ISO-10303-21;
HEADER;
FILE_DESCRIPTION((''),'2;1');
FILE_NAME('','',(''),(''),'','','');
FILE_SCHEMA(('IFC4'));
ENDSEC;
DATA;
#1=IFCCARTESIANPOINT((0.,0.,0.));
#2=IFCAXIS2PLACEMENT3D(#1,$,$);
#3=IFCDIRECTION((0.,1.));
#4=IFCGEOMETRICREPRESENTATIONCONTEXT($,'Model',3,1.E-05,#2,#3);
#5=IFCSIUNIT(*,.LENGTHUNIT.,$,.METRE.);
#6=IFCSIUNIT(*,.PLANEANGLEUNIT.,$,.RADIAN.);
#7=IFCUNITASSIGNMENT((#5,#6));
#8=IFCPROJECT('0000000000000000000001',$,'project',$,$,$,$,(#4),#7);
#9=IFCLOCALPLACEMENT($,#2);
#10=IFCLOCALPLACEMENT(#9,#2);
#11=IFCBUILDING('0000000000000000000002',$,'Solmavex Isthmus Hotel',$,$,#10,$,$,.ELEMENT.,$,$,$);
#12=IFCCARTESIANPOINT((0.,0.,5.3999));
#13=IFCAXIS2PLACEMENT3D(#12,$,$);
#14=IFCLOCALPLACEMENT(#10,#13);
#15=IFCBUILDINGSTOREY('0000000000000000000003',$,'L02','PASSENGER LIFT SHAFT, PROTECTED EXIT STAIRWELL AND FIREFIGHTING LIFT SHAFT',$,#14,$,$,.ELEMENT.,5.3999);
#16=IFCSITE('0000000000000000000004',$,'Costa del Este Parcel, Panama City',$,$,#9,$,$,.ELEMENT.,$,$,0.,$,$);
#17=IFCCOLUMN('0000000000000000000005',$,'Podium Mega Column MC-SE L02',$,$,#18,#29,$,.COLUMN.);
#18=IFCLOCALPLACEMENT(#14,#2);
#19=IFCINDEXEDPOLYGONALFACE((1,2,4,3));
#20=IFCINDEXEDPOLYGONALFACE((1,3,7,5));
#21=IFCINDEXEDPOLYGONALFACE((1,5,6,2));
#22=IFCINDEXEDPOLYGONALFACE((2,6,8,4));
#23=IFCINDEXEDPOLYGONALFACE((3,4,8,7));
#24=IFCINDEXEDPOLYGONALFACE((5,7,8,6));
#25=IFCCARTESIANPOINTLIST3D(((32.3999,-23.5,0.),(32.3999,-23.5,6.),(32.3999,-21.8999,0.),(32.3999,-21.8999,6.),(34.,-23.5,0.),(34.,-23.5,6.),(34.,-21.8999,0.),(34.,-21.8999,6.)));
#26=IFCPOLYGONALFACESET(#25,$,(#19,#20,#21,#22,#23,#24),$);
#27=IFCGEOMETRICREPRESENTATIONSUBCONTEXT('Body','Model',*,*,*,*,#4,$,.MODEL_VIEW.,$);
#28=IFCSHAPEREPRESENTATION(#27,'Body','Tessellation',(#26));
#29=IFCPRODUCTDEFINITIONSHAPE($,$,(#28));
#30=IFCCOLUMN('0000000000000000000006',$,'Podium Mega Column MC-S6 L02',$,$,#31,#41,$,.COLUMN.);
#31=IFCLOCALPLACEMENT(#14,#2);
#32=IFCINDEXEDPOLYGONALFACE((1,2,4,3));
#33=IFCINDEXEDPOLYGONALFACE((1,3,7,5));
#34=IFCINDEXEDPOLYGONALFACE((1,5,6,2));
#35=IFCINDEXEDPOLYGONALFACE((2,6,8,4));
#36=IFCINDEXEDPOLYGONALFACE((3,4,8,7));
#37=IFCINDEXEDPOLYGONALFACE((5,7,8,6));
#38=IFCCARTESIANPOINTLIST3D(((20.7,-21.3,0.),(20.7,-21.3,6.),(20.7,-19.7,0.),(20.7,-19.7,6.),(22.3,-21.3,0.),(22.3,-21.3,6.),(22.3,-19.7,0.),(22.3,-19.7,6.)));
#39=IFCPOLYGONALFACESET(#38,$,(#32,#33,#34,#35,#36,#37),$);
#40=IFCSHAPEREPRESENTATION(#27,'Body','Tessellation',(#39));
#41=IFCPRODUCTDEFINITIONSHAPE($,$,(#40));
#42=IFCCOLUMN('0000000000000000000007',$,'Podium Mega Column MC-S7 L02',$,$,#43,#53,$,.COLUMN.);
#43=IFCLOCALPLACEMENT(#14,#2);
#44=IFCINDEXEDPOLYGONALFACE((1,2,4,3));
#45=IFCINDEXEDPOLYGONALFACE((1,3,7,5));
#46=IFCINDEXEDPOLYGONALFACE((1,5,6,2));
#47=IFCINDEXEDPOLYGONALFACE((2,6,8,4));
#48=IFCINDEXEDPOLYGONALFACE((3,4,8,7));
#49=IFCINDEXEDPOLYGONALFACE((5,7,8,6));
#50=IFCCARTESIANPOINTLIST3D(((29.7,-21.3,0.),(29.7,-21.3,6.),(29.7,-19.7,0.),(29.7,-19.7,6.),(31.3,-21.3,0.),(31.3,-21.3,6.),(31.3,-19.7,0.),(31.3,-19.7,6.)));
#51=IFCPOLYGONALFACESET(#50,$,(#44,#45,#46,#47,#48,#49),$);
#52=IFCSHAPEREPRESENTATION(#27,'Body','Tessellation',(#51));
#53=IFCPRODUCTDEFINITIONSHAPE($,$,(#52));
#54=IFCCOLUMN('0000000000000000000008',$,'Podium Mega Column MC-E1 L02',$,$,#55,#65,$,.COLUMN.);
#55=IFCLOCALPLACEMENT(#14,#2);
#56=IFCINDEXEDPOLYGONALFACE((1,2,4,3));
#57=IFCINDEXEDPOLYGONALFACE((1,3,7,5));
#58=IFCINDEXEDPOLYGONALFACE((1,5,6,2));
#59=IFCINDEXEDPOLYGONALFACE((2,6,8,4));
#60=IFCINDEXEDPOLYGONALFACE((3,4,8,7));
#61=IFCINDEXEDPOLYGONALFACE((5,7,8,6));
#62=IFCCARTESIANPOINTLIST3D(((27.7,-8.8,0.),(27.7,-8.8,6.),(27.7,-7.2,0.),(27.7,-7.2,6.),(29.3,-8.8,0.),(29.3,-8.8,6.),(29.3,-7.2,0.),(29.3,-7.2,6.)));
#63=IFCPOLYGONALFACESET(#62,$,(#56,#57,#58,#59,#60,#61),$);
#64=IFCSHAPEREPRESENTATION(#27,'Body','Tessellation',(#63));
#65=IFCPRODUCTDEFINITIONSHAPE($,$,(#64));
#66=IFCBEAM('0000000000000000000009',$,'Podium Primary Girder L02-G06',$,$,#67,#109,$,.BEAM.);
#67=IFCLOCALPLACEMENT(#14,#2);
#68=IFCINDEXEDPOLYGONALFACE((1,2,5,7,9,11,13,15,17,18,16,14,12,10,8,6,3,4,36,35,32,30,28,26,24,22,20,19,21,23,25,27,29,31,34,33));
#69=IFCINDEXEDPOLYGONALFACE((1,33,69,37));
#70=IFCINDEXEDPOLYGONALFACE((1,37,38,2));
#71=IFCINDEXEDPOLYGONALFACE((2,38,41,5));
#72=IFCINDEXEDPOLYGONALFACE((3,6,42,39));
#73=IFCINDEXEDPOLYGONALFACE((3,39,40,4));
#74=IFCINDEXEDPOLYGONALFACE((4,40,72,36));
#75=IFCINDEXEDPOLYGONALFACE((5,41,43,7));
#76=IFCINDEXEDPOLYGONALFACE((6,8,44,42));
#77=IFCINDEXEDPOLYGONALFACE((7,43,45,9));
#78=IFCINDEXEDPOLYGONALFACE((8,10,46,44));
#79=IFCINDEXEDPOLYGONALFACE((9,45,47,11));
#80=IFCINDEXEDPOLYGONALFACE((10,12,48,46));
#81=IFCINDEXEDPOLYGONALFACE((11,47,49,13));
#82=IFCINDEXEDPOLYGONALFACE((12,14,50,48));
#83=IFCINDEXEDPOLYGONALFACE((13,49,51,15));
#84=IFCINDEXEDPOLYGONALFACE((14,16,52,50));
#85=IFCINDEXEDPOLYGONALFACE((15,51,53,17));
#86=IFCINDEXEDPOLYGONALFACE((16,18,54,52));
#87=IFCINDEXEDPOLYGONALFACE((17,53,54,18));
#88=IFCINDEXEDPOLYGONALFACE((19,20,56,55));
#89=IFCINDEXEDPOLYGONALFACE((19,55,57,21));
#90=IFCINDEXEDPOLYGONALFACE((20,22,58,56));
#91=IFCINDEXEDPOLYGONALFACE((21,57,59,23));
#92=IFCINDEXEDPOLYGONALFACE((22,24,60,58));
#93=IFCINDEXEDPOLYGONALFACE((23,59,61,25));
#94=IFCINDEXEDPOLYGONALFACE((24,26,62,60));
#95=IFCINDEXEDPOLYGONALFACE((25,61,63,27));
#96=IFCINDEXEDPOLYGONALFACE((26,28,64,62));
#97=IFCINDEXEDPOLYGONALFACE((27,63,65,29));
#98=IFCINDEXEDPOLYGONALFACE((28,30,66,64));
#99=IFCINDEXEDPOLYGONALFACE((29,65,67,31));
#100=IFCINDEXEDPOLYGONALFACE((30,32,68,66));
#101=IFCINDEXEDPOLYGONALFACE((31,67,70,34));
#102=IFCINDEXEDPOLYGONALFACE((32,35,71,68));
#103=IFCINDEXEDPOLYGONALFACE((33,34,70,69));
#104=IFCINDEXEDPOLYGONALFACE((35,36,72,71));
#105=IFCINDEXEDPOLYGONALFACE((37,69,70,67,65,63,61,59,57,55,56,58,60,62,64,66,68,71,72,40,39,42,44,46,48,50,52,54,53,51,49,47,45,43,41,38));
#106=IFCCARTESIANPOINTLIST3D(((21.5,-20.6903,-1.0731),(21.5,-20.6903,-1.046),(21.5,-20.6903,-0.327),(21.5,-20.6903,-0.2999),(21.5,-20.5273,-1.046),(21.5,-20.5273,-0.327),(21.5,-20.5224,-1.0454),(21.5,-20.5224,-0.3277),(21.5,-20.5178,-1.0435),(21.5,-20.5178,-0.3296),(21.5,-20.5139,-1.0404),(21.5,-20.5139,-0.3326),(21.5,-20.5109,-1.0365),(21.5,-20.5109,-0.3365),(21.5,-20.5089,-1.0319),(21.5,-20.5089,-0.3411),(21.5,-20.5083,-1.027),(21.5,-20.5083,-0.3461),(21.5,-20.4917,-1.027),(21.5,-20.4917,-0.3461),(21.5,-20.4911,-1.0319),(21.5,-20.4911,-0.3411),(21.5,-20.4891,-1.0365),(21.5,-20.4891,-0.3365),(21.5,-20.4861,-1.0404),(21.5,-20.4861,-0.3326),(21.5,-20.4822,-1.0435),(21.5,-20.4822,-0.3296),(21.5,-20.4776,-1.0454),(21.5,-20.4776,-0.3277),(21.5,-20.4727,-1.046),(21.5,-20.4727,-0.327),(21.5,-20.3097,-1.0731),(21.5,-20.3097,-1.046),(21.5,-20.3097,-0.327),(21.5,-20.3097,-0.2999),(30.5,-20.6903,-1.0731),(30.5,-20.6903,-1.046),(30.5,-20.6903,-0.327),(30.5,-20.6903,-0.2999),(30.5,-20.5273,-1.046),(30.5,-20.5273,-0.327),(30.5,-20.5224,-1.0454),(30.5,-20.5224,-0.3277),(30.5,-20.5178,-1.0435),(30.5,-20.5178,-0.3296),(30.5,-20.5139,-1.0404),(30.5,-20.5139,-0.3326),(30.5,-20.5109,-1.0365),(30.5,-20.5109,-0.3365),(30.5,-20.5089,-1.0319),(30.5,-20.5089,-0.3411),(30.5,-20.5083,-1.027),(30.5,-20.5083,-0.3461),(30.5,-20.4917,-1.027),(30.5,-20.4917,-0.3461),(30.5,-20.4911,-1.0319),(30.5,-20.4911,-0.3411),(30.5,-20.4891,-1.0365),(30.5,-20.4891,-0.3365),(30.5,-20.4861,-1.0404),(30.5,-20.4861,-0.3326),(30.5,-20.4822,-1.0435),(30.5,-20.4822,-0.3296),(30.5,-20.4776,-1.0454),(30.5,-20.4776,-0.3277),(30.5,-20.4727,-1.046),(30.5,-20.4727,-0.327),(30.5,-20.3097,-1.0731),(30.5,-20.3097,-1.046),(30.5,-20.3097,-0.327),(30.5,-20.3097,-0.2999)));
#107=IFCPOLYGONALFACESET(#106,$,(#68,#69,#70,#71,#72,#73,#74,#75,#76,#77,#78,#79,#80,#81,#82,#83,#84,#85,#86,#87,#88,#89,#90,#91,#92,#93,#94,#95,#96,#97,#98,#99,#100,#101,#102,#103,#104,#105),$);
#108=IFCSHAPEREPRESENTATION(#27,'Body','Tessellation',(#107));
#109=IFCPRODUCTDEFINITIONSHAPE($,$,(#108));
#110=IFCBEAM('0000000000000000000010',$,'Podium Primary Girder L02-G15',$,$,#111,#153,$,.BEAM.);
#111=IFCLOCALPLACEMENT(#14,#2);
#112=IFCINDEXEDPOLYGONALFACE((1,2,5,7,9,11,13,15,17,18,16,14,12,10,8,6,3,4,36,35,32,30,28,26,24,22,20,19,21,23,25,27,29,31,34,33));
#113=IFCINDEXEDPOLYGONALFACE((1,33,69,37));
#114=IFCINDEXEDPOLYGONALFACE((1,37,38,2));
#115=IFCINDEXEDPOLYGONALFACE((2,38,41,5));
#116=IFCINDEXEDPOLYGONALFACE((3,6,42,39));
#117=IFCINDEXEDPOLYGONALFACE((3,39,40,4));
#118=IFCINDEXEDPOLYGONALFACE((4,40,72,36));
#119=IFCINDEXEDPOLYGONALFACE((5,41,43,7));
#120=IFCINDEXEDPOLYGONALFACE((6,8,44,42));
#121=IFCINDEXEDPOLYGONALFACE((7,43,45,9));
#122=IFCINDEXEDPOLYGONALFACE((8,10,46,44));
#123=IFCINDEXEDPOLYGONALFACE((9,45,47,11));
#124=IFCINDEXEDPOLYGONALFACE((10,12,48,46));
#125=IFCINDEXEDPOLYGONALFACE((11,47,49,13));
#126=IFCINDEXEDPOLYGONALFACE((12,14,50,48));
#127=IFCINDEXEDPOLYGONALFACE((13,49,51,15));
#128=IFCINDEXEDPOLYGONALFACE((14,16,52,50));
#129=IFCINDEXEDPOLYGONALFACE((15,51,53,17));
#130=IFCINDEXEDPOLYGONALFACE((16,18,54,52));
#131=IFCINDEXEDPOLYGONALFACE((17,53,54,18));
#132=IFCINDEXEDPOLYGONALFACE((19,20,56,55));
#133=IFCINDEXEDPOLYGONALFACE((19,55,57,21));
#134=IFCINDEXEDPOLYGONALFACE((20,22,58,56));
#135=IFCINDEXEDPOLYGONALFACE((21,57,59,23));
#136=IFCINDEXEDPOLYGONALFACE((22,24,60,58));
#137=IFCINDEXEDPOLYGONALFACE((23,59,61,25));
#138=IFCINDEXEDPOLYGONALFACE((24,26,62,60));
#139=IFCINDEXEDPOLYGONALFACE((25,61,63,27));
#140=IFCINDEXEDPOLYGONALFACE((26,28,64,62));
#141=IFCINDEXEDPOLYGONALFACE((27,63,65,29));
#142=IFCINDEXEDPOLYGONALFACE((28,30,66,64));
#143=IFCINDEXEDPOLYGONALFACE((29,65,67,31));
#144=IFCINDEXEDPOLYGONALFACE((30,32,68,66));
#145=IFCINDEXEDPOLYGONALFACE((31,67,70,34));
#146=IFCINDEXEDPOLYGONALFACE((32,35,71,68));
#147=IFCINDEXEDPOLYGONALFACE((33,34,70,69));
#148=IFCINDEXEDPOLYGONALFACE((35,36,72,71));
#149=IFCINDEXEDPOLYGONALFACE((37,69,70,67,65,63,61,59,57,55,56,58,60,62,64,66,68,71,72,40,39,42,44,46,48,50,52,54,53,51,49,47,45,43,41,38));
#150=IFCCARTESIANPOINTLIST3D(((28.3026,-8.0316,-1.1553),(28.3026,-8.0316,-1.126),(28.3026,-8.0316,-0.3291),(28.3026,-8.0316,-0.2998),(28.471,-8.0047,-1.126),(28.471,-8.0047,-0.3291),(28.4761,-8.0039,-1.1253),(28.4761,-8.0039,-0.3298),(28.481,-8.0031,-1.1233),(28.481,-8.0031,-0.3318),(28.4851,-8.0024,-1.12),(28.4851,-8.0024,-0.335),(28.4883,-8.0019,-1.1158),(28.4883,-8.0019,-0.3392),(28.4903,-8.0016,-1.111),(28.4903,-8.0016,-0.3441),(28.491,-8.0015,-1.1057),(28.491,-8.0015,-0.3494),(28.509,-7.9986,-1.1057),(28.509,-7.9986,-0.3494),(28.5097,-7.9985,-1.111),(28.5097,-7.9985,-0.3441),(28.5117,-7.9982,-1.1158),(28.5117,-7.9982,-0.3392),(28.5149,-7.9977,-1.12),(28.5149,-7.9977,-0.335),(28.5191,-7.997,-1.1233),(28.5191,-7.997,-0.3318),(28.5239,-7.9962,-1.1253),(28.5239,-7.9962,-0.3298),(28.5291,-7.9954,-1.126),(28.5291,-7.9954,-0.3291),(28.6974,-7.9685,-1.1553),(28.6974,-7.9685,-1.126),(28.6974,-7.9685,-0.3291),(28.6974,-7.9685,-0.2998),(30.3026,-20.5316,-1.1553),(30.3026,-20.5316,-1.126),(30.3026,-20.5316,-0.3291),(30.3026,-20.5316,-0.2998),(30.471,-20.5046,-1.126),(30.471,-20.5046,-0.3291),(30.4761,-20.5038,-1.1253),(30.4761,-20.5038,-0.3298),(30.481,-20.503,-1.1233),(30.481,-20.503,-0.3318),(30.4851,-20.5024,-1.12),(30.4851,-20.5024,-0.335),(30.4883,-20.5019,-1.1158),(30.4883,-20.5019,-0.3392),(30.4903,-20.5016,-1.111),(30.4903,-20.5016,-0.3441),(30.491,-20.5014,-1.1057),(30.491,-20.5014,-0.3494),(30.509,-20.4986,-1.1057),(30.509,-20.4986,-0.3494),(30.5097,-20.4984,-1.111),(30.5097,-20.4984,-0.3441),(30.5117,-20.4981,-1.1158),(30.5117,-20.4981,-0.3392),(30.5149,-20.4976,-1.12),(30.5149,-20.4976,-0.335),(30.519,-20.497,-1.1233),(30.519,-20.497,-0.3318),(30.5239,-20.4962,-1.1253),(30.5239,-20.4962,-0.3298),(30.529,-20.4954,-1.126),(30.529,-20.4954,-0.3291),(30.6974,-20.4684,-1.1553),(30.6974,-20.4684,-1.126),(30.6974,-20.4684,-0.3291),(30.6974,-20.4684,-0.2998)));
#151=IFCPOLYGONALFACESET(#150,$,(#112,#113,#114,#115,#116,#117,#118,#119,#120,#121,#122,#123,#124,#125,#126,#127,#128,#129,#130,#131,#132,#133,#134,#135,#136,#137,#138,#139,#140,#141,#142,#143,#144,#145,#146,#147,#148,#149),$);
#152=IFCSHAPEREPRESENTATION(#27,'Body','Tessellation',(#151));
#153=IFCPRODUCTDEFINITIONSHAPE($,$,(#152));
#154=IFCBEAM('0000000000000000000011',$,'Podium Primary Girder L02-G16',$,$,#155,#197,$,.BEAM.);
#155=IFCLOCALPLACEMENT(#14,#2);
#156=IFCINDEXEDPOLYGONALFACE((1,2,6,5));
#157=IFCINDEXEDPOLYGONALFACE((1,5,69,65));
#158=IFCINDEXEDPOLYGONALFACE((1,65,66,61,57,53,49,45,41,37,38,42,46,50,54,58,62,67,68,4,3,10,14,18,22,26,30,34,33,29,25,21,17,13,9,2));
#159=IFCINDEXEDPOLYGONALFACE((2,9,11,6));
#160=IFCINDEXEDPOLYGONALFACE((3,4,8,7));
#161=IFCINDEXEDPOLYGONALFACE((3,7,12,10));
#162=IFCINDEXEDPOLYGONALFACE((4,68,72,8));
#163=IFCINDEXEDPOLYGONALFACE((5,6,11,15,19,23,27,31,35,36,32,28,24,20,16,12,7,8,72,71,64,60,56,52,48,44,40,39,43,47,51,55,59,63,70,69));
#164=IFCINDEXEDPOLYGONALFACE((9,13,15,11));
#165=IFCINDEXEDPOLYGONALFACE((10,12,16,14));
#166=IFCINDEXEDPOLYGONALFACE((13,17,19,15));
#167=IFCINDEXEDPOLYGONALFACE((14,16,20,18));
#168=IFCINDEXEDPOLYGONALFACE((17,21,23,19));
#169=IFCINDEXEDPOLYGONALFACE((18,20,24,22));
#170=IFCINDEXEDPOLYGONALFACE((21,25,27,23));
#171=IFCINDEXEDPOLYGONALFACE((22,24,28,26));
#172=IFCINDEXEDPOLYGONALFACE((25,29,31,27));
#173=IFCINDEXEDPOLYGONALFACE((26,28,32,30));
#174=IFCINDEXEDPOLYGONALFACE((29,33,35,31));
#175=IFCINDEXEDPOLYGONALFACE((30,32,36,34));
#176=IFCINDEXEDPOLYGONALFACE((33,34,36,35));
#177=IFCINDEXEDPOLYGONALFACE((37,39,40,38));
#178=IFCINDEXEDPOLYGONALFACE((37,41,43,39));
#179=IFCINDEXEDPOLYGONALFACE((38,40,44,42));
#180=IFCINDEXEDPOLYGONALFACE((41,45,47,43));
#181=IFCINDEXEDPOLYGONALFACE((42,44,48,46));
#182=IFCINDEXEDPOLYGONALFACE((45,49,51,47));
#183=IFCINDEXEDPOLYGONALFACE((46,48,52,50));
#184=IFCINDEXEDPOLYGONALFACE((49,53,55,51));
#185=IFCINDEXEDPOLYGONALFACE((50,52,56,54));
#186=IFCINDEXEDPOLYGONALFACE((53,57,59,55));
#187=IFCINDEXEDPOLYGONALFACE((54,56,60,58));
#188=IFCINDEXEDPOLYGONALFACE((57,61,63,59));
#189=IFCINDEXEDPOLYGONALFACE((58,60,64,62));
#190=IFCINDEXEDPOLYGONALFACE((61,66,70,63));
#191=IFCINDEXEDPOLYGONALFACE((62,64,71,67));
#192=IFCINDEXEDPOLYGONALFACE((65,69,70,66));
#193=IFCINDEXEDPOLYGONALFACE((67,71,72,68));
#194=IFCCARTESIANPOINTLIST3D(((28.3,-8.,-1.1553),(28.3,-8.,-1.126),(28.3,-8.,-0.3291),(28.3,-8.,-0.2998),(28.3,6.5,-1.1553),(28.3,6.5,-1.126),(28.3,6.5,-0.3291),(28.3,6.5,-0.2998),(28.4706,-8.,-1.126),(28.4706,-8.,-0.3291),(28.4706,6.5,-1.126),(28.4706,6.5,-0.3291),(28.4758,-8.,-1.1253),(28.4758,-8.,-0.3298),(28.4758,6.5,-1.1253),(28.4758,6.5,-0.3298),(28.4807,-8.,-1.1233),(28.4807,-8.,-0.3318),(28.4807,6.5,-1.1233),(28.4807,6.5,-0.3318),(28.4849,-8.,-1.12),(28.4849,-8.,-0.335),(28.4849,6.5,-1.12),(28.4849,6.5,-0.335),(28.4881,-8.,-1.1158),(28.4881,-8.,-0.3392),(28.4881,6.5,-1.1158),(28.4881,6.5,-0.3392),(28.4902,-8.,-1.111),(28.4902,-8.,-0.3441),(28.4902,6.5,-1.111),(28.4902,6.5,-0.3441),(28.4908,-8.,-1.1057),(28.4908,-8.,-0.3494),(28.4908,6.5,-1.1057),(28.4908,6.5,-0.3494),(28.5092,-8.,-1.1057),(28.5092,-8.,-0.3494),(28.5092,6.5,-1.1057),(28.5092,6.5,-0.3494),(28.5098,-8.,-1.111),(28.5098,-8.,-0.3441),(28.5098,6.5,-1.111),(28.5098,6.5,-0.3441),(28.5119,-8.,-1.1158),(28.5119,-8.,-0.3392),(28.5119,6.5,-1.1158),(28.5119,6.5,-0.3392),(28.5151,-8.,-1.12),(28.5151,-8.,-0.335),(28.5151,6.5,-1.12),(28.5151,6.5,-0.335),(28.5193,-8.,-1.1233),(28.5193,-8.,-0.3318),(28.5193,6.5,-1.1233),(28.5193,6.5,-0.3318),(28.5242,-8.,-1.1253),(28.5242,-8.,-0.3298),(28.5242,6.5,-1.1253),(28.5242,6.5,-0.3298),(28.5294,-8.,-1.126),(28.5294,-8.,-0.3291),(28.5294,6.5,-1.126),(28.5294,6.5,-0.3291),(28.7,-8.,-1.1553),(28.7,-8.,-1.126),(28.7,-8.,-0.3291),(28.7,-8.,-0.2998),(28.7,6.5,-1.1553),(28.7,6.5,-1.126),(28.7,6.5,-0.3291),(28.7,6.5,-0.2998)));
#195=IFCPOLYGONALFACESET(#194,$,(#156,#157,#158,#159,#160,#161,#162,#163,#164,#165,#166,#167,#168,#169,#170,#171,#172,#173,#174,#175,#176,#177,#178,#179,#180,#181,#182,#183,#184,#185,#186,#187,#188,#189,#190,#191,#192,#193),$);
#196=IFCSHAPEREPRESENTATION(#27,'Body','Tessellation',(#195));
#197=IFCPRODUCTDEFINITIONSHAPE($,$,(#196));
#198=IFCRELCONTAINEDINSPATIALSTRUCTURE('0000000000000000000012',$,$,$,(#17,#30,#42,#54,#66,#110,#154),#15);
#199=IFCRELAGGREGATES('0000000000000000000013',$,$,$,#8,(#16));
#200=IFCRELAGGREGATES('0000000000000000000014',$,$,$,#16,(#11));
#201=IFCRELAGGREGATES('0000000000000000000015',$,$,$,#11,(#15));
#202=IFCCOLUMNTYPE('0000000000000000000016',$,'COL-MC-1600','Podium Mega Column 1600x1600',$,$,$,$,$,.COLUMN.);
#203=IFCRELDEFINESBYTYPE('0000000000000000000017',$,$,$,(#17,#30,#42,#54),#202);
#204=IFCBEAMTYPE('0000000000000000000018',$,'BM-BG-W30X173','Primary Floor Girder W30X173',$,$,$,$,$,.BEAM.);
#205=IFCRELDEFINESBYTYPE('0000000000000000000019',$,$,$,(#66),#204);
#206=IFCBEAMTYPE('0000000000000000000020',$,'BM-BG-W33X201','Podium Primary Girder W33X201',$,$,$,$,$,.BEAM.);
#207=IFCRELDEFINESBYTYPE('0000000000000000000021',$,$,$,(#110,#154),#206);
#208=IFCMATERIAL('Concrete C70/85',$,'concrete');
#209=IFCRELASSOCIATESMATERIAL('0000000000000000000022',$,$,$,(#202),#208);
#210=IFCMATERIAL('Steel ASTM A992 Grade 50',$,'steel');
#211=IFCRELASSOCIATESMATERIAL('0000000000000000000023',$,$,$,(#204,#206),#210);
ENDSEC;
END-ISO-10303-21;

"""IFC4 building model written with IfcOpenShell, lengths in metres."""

from ifc_helpers import new_model, si_unit, direction, frame, origin, origin_2d, place, context, subcontext, project, spatial, rectangle, i_section, extrude, material, material_profile, profile_set, type_object, element, save


model = new_model("IFC4")

# Units and contexts
model_context = context("Model", 3, precision=1e-05, world=origin(), true_north=direction((0.0, 1.0)))
body_context = subcontext(model_context, "Body", "Model", "MODEL_VIEW")
ifc_project = project(units=[si_unit("LENGTHUNIT", "METRE"), si_unit("PLANEANGLEUNIT", "RADIAN")], contexts=[model_context])

# Site, building, storey
site_placement = place(None, origin())
site = spatial("IfcSite", under=ifc_project, at=site_placement, Name="Costa del Este Parcel, Panama City", CompositionType="ELEMENT", RefElevation=0.0)
building_placement = place(site_placement, origin())
building = spatial("IfcBuilding", under=site, at=building_placement, Name="Solmavex Isthmus Hotel", CompositionType="ELEMENT")
storey_placement = place(building_placement, frame((0.0, 0.0, 5.3999)))
storey = spatial("IfcBuildingStorey", under=building, at=storey_placement, Name="L02", Description="PASSENGER LIFT SHAFT, PROTECTED EXIT STAIRWELL AND FIREFIGHTING LIFT SHAFT", CompositionType="ELEMENT", Elevation=5.3999)

# Columns
ifc_material_1 = material(Name="Concrete C70/85", Category="concrete")
ifc_material_profile_1 = material_profile(ifc_material_1, rectangle(XDim=1.6001, YDim=1.6001, at=origin_2d()), Name="RC1600X1600")
ifc_profile_set_1 = profile_set([ifc_material_profile_1], Name="Concrete C70/85")
column_type = type_object("IfcColumnType", Name="COL-MC-1600", Description="Podium Mega Column 1600x1600", PredefinedType="COLUMN", material=ifc_profile_set_1)
for number, where, z_axis, x_axis, name in (
    (1, (33.2, -22.7, 0.0), (0.0, 0.0, 1.0), (1.0, 0.0, 0.0), "Podium Mega Column MC-SE L02"),
    (2, (21.5, -20.5, 0.0), (0.0, 0.0, 1.0), (1.0, 0.0, 0.0), "Podium Mega Column MC-S6 L02"),
    (3, (30.5, -20.5, 0.0), (0.0, 0.0, 1.0), (1.0, 0.0, 0.0), "Podium Mega Column MC-S7 L02"),
    (4, (28.5, -8.0, 0.0), (0.0, 0.0, 1.0), (1.0, 0.0, 0.0), "Podium Mega Column MC-E1 L02"),
):
    element("IfcColumn", number, at=place(storey_placement, frame(where, z_axis=z_axis, x_axis=x_axis)), inside=storey, type_object=column_type, Name=name, PredefinedType="COLUMN", context=body_context, shape_type="SweptSolid", body=[
        extrude(rectangle(XDim=1.6001, YDim=1.6001, at=origin_2d()), origin(), (0.0, 0.0, 1.0), 6.0),
    ])

# Beams
ifc_material_2 = material(Name="Steel ASTM A992 Grade 50", Category="steel")
ifc_material_profile_2 = material_profile(ifc_material_2, i_section(OverallWidth=0.3806, OverallDepth=0.7732, WebThickness=0.0166, FlangeThickness=0.0271, FilletRadius=0.019, at=origin_2d()), Name="W30X173")
ifc_profile_set_2 = profile_set([ifc_material_profile_2], Name="Steel ASTM A992 Grade 50")
beam_type_1 = type_object("IfcBeamType", Name="BM-BG-W30X173", Description="Primary Floor Girder W30X173", PredefinedType="BEAM", material=ifc_profile_set_2)
beam_1_placement = place(storey_placement, frame((21.5, -20.5, -0.6865), z_axis=(1.0, 0.0, 0.0), x_axis=(0.0, 1.0, 0.0)))
element("IfcBeam", 5, at=beam_1_placement, inside=storey, type_object=beam_type_1, Name="Podium Primary Girder L02-G06", PredefinedType="BEAM", context=body_context, shape_type="SweptSolid", body=[
    extrude(i_section(OverallWidth=0.3806, OverallDepth=0.7732, WebThickness=0.0166, FlangeThickness=0.0271, FilletRadius=0.019, at=origin_2d()), origin(), (0.0, 0.0, 1.0), 9.0),
])
ifc_material_profile_3 = material_profile(ifc_material_2, i_section(OverallWidth=0.3999, OverallDepth=0.8555, WebThickness=0.0183, FlangeThickness=0.0293, FilletRadius=0.0203, at=origin_2d()), Name="W33X201")
ifc_profile_set_3 = profile_set([ifc_material_profile_3], Name="Steel ASTM A992 Grade 50")
beam_type_2 = type_object("IfcBeamType", Name="BM-BG-W33X201", Description="Podium Primary Girder W33X201", PredefinedType="BEAM", material=ifc_profile_set_3)
beam_2_placement = place(storey_placement, frame((30.5, -20.5, -0.7275), z_axis=(-0.157991, 0.987441, 0.0), x_axis=(-0.987441, -0.157991, 0.0)))
element("IfcBeam", 6, at=beam_2_placement, inside=storey, type_object=beam_type_2, Name="Podium Primary Girder L02-G15", PredefinedType="BEAM", context=body_context, shape_type="SweptSolid", body=[
    extrude(i_section(OverallWidth=0.3999, OverallDepth=0.8555, WebThickness=0.0183, FlangeThickness=0.0293, FilletRadius=0.0203, at=origin_2d()), origin(), (0.0, 0.0, 1.0), 12.6589),
])
beam_3_placement = place(storey_placement, frame((28.5, -8.0, -0.7275), z_axis=(0.0, 1.0, 0.0), x_axis=(-1.0, 0.0, 0.0)))
element("IfcBeam", 7, at=beam_3_placement, inside=storey, type_object=beam_type_2, Name="Podium Primary Girder L02-G16", PredefinedType="BEAM", context=body_context, shape_type="SweptSolid", body=[
    extrude(i_section(OverallWidth=0.3999, OverallDepth=0.8555, WebThickness=0.0183, FlangeThickness=0.0293, FilletRadius=0.0203, at=origin_2d()), origin(), (0.0, 0.0, 1.0), 14.5),
])

save(model, "model.ifc")
